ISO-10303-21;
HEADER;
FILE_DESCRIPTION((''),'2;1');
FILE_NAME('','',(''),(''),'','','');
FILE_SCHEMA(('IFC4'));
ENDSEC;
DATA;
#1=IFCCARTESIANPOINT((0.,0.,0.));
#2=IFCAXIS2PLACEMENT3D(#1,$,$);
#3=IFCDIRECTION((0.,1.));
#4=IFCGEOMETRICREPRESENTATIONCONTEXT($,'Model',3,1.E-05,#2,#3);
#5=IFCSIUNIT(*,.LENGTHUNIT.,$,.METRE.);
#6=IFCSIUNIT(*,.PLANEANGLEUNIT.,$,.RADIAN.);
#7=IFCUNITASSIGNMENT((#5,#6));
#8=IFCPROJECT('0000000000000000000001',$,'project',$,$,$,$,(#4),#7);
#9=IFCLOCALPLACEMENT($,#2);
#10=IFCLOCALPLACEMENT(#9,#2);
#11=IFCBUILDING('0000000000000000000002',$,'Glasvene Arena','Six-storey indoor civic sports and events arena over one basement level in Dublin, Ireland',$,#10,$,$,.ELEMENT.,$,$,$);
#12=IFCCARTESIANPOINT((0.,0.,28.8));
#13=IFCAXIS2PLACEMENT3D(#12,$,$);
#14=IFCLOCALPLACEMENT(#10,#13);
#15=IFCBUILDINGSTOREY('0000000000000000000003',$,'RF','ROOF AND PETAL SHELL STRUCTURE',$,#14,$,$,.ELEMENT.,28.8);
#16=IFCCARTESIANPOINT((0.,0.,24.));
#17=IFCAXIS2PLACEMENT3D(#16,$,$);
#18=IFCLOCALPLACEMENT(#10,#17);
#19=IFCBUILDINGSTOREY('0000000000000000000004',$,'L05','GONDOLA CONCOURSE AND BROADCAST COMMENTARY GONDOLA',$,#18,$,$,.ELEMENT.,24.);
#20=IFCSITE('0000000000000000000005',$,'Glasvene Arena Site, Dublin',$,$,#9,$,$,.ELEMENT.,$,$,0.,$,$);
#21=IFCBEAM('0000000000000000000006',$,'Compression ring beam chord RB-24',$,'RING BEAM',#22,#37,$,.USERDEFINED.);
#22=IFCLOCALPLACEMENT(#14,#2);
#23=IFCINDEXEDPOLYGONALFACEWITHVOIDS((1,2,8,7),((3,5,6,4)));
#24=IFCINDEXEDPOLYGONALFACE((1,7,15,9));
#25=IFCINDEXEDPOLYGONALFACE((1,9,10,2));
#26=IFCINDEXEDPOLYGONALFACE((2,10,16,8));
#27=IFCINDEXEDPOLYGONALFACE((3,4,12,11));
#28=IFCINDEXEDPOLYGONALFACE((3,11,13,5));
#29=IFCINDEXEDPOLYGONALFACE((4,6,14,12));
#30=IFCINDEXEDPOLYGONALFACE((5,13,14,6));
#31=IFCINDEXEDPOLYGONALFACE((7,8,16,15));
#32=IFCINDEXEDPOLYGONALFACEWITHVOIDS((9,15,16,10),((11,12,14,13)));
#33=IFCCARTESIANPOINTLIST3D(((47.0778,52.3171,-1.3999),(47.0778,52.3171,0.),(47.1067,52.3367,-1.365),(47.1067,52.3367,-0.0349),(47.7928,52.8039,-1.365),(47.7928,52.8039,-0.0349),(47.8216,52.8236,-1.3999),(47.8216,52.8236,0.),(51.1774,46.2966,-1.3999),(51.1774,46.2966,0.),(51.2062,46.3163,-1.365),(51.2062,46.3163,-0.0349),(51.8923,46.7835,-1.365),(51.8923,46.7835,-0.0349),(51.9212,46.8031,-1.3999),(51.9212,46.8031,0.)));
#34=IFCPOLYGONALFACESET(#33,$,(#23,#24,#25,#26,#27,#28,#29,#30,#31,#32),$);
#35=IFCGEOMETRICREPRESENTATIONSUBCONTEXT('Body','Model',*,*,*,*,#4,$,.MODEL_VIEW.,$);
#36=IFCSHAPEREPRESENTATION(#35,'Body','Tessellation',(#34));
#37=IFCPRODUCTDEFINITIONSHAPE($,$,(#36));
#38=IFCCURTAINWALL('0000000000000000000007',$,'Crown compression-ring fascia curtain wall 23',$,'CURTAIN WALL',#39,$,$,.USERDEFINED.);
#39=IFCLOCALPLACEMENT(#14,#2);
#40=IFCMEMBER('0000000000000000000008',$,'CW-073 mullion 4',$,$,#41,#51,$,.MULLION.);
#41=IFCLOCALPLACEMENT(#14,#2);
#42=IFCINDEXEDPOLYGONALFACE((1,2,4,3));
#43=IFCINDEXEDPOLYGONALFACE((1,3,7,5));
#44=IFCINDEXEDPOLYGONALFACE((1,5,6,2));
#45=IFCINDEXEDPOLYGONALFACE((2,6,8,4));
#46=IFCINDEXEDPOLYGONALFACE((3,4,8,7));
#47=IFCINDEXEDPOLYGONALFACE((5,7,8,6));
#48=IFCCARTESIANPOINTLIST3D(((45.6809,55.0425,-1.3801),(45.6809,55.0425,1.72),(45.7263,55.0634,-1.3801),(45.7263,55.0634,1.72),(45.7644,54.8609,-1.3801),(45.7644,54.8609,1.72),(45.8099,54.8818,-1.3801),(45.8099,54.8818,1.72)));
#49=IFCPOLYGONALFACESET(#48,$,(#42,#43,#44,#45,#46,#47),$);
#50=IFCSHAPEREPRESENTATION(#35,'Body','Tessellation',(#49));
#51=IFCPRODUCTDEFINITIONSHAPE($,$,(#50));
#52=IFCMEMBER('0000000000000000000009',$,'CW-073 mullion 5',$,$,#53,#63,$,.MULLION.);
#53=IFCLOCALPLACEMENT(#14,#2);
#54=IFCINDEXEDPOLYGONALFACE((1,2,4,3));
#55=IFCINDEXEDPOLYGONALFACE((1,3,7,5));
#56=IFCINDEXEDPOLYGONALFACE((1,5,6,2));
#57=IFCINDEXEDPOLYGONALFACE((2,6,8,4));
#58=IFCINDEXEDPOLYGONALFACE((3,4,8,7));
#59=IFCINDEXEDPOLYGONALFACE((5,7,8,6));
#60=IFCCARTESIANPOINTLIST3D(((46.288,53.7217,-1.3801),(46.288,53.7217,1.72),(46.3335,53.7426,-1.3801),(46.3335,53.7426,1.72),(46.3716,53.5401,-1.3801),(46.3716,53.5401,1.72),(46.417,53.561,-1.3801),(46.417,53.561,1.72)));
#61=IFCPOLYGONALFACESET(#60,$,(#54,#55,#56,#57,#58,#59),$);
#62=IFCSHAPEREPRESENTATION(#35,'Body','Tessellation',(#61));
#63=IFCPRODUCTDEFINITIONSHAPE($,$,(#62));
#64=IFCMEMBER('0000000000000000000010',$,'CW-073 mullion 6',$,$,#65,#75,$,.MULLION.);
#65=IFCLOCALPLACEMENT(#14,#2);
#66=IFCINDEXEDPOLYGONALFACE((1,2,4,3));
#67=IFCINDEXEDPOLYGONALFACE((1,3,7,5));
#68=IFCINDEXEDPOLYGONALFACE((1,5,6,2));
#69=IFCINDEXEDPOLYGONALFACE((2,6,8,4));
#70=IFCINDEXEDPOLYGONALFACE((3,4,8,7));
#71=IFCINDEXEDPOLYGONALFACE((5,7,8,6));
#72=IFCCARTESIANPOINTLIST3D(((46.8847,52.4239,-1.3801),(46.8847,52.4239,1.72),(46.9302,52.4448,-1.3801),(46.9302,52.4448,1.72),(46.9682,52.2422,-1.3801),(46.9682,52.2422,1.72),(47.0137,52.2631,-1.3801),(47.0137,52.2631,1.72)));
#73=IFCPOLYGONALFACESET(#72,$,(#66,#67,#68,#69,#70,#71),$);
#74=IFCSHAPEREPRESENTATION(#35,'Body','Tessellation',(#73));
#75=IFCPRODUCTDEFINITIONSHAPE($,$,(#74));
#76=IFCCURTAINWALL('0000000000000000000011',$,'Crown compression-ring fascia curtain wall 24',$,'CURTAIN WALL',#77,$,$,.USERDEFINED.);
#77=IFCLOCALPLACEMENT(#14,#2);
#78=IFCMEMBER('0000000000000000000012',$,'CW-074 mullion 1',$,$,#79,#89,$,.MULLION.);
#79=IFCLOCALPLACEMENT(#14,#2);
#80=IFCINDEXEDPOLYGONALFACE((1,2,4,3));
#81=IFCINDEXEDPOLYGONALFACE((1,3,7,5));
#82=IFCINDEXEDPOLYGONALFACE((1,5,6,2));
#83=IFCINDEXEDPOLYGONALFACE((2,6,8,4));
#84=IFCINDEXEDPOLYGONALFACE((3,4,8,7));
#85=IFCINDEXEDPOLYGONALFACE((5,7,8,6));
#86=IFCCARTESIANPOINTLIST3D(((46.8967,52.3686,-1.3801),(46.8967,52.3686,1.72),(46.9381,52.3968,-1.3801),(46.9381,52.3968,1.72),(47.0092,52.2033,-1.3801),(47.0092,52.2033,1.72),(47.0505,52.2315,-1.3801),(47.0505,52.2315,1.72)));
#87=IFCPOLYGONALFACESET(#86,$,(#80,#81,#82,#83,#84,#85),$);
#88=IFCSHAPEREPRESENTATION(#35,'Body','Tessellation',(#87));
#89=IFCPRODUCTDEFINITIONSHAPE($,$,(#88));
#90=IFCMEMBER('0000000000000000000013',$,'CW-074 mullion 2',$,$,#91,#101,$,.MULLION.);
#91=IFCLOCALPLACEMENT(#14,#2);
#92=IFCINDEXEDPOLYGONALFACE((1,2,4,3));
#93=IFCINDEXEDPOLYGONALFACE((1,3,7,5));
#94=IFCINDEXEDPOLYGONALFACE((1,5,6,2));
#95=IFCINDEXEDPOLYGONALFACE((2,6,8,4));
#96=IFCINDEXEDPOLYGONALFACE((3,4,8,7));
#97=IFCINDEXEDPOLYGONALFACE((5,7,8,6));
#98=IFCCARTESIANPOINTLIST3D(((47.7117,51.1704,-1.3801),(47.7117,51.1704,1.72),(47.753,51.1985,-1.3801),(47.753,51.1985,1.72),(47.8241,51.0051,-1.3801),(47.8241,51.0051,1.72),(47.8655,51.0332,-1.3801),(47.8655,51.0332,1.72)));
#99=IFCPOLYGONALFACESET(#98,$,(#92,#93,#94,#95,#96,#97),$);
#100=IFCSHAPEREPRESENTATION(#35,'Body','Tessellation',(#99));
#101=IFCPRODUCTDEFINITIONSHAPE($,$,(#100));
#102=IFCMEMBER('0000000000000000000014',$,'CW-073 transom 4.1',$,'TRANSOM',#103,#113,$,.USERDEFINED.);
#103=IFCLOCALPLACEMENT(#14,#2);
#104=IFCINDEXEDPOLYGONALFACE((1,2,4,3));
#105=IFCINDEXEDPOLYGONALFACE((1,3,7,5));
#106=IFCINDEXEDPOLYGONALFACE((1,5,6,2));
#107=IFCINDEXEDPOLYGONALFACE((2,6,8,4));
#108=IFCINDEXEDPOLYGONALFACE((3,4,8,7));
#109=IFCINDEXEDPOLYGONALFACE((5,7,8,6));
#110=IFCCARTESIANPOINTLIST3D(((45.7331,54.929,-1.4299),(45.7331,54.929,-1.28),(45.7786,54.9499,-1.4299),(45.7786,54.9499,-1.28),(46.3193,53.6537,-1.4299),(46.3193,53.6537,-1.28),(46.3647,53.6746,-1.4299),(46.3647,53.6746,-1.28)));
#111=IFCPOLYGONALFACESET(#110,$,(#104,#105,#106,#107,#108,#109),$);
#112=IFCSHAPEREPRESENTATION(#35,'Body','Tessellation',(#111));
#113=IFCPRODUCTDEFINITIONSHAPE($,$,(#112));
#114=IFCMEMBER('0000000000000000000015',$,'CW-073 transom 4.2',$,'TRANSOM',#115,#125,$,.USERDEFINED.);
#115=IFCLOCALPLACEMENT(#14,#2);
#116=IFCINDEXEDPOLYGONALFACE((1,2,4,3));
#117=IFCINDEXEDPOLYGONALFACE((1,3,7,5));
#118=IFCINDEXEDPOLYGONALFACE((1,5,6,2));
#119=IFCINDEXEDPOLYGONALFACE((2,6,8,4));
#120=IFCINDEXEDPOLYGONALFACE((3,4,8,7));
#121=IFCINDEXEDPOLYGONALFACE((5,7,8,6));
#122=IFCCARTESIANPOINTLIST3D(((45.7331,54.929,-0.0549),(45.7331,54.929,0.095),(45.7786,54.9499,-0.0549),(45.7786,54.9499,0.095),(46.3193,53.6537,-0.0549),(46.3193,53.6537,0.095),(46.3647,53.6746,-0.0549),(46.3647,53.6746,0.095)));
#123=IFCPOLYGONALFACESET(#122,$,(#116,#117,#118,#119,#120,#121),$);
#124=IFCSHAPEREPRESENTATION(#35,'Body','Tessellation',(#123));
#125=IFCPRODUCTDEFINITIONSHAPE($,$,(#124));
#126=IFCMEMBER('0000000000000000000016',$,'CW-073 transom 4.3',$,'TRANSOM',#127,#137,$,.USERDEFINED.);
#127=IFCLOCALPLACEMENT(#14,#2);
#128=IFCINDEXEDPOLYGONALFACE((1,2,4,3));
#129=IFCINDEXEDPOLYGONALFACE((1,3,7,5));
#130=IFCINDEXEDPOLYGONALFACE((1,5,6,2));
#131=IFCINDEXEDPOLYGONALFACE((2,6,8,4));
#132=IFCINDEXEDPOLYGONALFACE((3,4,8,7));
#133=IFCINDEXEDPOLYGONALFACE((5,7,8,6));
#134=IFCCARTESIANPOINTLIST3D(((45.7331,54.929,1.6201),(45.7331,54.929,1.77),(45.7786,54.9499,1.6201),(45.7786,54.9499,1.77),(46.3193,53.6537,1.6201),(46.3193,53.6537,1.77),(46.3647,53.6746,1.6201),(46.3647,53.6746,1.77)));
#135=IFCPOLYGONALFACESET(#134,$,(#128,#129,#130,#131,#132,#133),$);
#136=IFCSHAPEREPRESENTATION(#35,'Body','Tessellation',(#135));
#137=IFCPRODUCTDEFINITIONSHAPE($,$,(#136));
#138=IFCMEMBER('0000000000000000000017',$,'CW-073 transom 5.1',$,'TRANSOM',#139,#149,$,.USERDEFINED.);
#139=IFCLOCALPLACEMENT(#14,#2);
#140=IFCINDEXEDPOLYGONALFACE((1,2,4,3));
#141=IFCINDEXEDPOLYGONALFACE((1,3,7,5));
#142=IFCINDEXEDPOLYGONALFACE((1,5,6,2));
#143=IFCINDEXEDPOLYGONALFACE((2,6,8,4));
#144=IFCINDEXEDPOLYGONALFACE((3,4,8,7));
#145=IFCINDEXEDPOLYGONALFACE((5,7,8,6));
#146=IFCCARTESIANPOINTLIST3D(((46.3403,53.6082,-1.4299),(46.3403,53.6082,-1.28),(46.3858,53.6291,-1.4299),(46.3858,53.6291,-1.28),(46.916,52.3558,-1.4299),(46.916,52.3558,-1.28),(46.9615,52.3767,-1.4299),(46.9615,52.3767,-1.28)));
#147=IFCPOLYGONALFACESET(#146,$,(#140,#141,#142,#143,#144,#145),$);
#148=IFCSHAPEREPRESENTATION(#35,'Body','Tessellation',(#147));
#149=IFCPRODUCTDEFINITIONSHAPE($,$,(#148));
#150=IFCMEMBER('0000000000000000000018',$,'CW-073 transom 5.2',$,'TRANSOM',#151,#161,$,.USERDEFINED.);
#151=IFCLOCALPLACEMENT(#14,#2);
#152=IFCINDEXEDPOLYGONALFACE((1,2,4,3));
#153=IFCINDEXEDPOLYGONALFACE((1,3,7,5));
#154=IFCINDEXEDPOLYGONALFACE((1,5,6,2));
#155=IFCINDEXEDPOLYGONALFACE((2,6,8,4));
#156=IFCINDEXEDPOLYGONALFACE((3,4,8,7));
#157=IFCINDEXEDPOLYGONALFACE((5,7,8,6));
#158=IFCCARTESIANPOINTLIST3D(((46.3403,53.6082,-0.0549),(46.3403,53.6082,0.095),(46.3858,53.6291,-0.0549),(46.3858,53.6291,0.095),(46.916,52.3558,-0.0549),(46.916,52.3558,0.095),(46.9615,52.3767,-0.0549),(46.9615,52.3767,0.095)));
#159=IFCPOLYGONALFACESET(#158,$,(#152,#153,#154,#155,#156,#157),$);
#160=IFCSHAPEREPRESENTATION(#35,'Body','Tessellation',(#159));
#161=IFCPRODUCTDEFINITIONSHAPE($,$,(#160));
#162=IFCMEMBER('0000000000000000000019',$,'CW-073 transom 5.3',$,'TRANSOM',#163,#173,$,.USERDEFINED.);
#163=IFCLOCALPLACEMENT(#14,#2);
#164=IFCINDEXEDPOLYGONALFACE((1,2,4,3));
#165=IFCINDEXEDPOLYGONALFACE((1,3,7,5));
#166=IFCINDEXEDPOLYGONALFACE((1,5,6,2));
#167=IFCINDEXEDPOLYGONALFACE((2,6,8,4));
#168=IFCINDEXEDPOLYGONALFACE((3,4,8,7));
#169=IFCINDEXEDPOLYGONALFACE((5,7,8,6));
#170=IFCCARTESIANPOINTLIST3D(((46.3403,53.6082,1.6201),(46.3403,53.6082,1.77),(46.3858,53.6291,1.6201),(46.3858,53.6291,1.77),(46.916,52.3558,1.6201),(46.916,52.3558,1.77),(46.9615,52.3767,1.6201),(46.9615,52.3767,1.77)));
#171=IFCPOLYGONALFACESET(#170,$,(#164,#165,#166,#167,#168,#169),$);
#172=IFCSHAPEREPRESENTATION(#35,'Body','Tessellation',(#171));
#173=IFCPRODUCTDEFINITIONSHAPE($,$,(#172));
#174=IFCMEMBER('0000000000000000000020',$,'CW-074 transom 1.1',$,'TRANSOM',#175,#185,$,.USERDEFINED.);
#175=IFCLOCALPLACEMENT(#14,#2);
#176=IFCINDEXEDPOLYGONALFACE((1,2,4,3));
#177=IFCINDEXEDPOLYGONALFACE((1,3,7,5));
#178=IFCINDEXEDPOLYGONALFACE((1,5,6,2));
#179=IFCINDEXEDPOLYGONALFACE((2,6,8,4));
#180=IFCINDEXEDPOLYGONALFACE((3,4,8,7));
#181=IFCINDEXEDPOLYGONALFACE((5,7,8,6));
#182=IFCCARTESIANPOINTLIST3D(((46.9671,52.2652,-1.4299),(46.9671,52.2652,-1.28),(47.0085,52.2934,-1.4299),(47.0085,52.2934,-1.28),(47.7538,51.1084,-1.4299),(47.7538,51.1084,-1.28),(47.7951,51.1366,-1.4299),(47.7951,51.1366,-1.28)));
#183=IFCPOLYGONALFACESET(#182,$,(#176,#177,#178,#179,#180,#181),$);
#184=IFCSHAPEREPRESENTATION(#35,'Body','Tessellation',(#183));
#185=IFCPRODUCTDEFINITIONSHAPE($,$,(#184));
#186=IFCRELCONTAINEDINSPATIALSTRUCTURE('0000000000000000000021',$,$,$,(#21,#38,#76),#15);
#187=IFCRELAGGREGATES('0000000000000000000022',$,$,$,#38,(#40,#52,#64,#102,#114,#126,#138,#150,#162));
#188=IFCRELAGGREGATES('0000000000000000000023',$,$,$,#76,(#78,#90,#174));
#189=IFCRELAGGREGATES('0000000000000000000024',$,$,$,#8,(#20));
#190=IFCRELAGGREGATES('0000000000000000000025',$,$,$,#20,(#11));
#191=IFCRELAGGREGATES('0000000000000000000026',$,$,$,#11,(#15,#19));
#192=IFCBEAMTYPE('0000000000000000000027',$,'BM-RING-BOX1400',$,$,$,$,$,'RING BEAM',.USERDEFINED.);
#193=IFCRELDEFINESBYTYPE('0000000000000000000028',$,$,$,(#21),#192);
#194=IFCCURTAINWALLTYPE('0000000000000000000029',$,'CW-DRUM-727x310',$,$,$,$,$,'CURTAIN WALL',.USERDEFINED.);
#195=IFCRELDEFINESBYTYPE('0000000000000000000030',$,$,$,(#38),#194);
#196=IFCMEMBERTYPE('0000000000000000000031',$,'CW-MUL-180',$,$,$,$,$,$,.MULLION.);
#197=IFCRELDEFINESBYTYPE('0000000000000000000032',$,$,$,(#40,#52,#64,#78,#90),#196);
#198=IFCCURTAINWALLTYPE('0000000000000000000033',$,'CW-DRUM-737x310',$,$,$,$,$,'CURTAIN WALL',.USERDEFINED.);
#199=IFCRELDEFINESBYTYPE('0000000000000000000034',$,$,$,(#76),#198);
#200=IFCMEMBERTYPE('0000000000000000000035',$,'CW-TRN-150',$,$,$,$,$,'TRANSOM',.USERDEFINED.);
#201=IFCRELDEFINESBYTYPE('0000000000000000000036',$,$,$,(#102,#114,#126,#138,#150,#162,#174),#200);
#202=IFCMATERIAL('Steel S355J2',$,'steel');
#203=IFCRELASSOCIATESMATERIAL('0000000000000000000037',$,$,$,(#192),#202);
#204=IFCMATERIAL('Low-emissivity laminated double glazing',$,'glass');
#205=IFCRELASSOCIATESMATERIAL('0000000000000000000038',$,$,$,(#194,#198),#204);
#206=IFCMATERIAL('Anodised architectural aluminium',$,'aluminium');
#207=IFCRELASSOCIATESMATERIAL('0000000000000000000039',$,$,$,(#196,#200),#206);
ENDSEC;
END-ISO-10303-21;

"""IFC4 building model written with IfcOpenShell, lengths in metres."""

from ifc_helpers import new_model, si_unit, direction, frame, origin, origin_2d, place, context, subcontext, project, spatial, rectangle, hollow_rectangle, extrude, material, material_profile, profile_set, type_object, element, aggregate, save


model = new_model("IFC4")

# Units and contexts
model_context = context("Model", 3, precision=1e-05, world=origin(), true_north=direction((0.0, 1.0)))
body_context = subcontext(model_context, "Body", "Model", "MODEL_VIEW")
ifc_project = project(units=[si_unit("LENGTHUNIT", "METRE"), si_unit("PLANEANGLEUNIT", "RADIAN")], contexts=[model_context])

# Site, building, storey
site_placement = place(None, origin())
site = spatial("IfcSite", under=ifc_project, at=site_placement, Name="Glasvene Arena Site, Dublin", CompositionType="ELEMENT", RefElevation=0.0)
building_placement = place(site_placement, origin())
building = spatial("IfcBuilding", under=site, at=building_placement, Name="Glasvene Arena", Description="Six-storey indoor civic sports and events arena over one basement level in Dublin, Ireland", CompositionType="ELEMENT")
storey_1_placement = place(building_placement, frame((0.0, 0.0, 28.8)))
storey_1 = spatial("IfcBuildingStorey", under=building, at=storey_1_placement, Name="RF", Description="ROOF AND PETAL SHELL STRUCTURE", CompositionType="ELEMENT", Elevation=28.8)

# Beam
ifc_material_1 = material(Name="Steel S355J2", Category="steel")
ifc_material_profile_1 = material_profile(ifc_material_1, hollow_rectangle(XDim=0.8999, YDim=1.3999, WallThickness=0.0349, at=origin_2d()), Name="WBOX 900x1400x35")
ifc_profile_set_1 = profile_set([ifc_material_profile_1], Name="Steel S355J2")
beam_type = type_object("IfcBeamType", Name="BM-RING-BOX1400", ElementType="RING BEAM", PredefinedType="USERDEFINED", material=ifc_profile_set_1)
beam_placement = place(storey_1_placement, frame((47.4497, 52.5703, -0.7), z_axis=(0.562842, -0.826565, 0.0), x_axis=(0.826565, 0.562842, 0.0)))
element("IfcBeam", 1, at=beam_placement, inside=storey_1, type_object=beam_type, Name="Compression ring beam chord RB-24", ObjectType="RING BEAM", PredefinedType="USERDEFINED", context=body_context, shape_type="SweptSolid", body=[
    extrude(hollow_rectangle(XDim=0.8999, YDim=1.3999, WallThickness=0.0349, at=origin_2d()), origin(), (0.0, 0.0, 1.0), 7.2837),
])

# Curtain walls, members
ifc_material_2 = material(Name="Low-emissivity laminated double glazing", Category="glass")
curtain_wall_type_1 = type_object("IfcCurtainWallType", Name="CW-DRUM-727x310", ElementType="CURTAIN WALL", PredefinedType="USERDEFINED", material=ifc_material_2)
curtain_wall_1_placement = place(storey_1_placement, frame((43.9241, 58.9243, 0.0)))
curtain_wall_1 = element("IfcCurtainWall", 2, at=curtain_wall_1_placement, inside=storey_1, type_object=curtain_wall_type_1, Name="Crown compression-ring fascia curtain wall 23", ObjectType="CURTAIN WALL", PredefinedType="USERDEFINED")
ifc_material_3 = material(Name="Anodised architectural aluminium", Category="aluminium")
ifc_material_profile_2 = material_profile(ifc_material_3, rectangle(XDim=0.05, YDim=0.2, at=origin_2d()), Name="ALU MULLION 50x200")
ifc_profile_set_2 = profile_set([ifc_material_profile_2], Name="Anodised architectural aluminium")
member_type_1 = type_object("IfcMemberType", Name="CW-MUL-180", PredefinedType="MULLION", material=ifc_profile_set_2)
member_1_placement = place(storey_1_placement, frame((45.7454, 54.9622, -1.3801), z_axis=(0.0, 0.0, 1.0), x_axis=(0.908603, 0.417661, 0.0)))
member_1 = element("IfcMember", 3, at=member_1_placement, type_object=member_type_1, Name="CW-073 mullion 4", PredefinedType="MULLION", context=body_context, shape_type="SweptSolid", body=[
    extrude(rectangle(XDim=0.05, YDim=0.2, at=origin_2d()), origin(), (0.0, 0.0, 1.0), 3.1001),
])
member_2_placement = place(storey_1_placement, frame((46.3525, 53.6414, -1.3801), z_axis=(0.0, 0.0, 1.0), x_axis=(0.908603, 0.417661, 0.0)))
member_2 = element("IfcMember", 4, at=member_2_placement, type_object=member_type_1, Name="CW-073 mullion 5", PredefinedType="MULLION", context=body_context, shape_type="SweptSolid", body=[
    extrude(rectangle(XDim=0.05, YDim=0.2, at=origin_2d()), origin(), (0.0, 0.0, 1.0), 3.1001),
])
member_3_placement = place(storey_1_placement, frame((46.9492, 52.3435, -1.3801), z_axis=(0.0, 0.0, 1.0), x_axis=(0.908603, 0.417661, 0.0)))
member_3 = element("IfcMember", 5, at=member_3_placement, type_object=member_type_1, Name="CW-073 mullion 6", PredefinedType="MULLION", context=body_context, shape_type="SweptSolid", body=[
    extrude(rectangle(XDim=0.05, YDim=0.2, at=origin_2d()), origin(), (0.0, 0.0, 1.0), 3.1001),
])
curtain_wall_type_2 = type_object("IfcCurtainWallType", Name="CW-DRUM-737x310", ElementType="CURTAIN WALL", PredefinedType="USERDEFINED", material=ifc_material_2)
curtain_wall_2_placement = place(storey_1_placement, frame((46.9597, 52.3208, 0.0)))
curtain_wall_2 = element("IfcCurtainWall", 6, at=curtain_wall_2_placement, inside=storey_1, type_object=curtain_wall_type_2, Name="Crown compression-ring fascia curtain wall 24", ObjectType="CURTAIN WALL", PredefinedType="USERDEFINED")
member_4_placement = place(storey_1_placement, frame((46.9736, 52.3, -1.3801), z_axis=(0.0, 0.0, 1.0), x_axis=(0.826896, 0.562354, 0.0)))
member_4 = element("IfcMember", 7, at=member_4_placement, type_object=member_type_1, Name="CW-074 mullion 1", PredefinedType="MULLION", context=body_context, shape_type="SweptSolid", body=[
    extrude(rectangle(XDim=0.05, YDim=0.2, at=origin_2d()), origin(), (0.0, 0.0, 1.0), 3.1001),
])
member_5_placement = place(storey_1_placement, frame((47.7886, 51.1018, -1.3801), z_axis=(0.0, 0.0, 1.0), x_axis=(0.826896, 0.562354, 0.0)))
member_5 = element("IfcMember", 8, at=member_5_placement, type_object=member_type_1, Name="CW-074 mullion 2", PredefinedType="MULLION", context=body_context, shape_type="SweptSolid", body=[
    extrude(rectangle(XDim=0.05, YDim=0.2, at=origin_2d()), origin(), (0.0, 0.0, 1.0), 3.1001),
])

# Members
ifc_material_profile_3 = material_profile(ifc_material_3, rectangle(XDim=0.05, YDim=0.1499, at=origin_2d()), Name="ALU TRANSOM 50x150")
ifc_profile_set_3 = profile_set([ifc_material_profile_3], Name="Anodised architectural aluminium")
member_type_2 = type_object("IfcMemberType", Name="CW-TRN-150", ElementType="TRANSOM", PredefinedType="USERDEFINED", material=ifc_profile_set_3)
member_6_placement = place(storey_1_placement, frame((45.7559, 54.9395, -1.355), z_axis=(0.417613, -0.908625, 0.0), x_axis=(0.908625, 0.417613, 0.0)))
member_6 = element("IfcMember", 9, at=member_6_placement, type_object=member_type_2, Name="CW-073 transom 4.1", ObjectType="TRANSOM", PredefinedType="USERDEFINED", context=body_context, shape_type="SweptSolid", body=[
    extrude(rectangle(XDim=0.05, YDim=0.1499, at=origin_2d()), origin(), (0.0, 0.0, 1.0), 1.4036),
])
member_7_placement = place(storey_1_placement, frame((45.7559, 54.9395, 0.02), z_axis=(0.417613, -0.908625, 0.0), x_axis=(0.908625, 0.417613, 0.0)))
member_7 = element("IfcMember", 10, at=member_7_placement, type_object=member_type_2, Name="CW-073 transom 4.2", ObjectType="TRANSOM", PredefinedType="USERDEFINED", context=body_context, shape_type="SweptSolid", body=[
    extrude(rectangle(XDim=0.05, YDim=0.1499, at=origin_2d()), origin(), (0.0, 0.0, 1.0), 1.4036),
])
member_8_placement = place(storey_1_placement, frame((45.7559, 54.9395, 1.6951), z_axis=(0.417613, -0.908625, 0.0), x_axis=(0.908625, 0.417613, 0.0)))
member_8 = element("IfcMember", 11, at=member_8_placement, type_object=member_type_2, Name="CW-073 transom 4.3", ObjectType="TRANSOM", PredefinedType="USERDEFINED", context=body_context, shape_type="SweptSolid", body=[
    extrude(rectangle(XDim=0.05, YDim=0.1499, at=origin_2d()), origin(), (0.0, 0.0, 1.0), 1.4036),
])
member_9_placement = place(storey_1_placement, frame((46.363, 53.6187, -1.355), z_axis=(0.417642, -0.908611, 0.0), x_axis=(0.908611, 0.417642, 0.0)))
member_9 = element("IfcMember", 12, at=member_9_placement, type_object=member_type_2, Name="CW-073 transom 5.1", ObjectType="TRANSOM", PredefinedType="USERDEFINED", context=body_context, shape_type="SweptSolid", body=[
    extrude(rectangle(XDim=0.05, YDim=0.1499, at=origin_2d()), origin(), (0.0, 0.0, 1.0), 1.3784),
])
member_10_placement = place(storey_1_placement, frame((46.363, 53.6187, 0.02), z_axis=(0.417642, -0.908611, 0.0), x_axis=(0.908611, 0.417642, 0.0)))
member_10 = element("IfcMember", 13, at=member_10_placement, type_object=member_type_2, Name="CW-073 transom 5.2", ObjectType="TRANSOM", PredefinedType="USERDEFINED", context=body_context, shape_type="SweptSolid", body=[
    extrude(rectangle(XDim=0.05, YDim=0.1499, at=origin_2d()), origin(), (0.0, 0.0, 1.0), 1.3784),
])
member_11_placement = place(storey_1_placement, frame((46.363, 53.6187, 1.6951), z_axis=(0.417642, -0.908611, 0.0), x_axis=(0.908611, 0.417642, 0.0)))
member_11 = element("IfcMember", 14, at=member_11_placement, type_object=member_type_2, Name="CW-073 transom 5.3", ObjectType="TRANSOM", PredefinedType="USERDEFINED", context=body_context, shape_type="SweptSolid", body=[
    extrude(rectangle(XDim=0.05, YDim=0.1499, at=origin_2d()), origin(), (0.0, 0.0, 1.0), 1.3784),
])
member_12_placement = place(storey_1_placement, frame((46.9878, 52.2793, -1.355), z_axis=(0.562329, -0.826914, 0.0), x_axis=(0.826914, 0.562329, 0.0)))
member_12 = element("IfcMember", 15, at=member_12_placement, type_object=member_type_2, Name="CW-074 transom 1.1", ObjectType="TRANSOM", PredefinedType="USERDEFINED", context=body_context, shape_type="SweptSolid", body=[
    extrude(rectangle(XDim=0.05, YDim=0.1499, at=origin_2d()), origin(), (0.0, 0.0, 1.0), 1.3989),
])

aggregate(curtain_wall_1, [member_1, member_2, member_3, member_6, member_7, member_8, member_9, member_10, member_11])
aggregate(curtain_wall_2, [member_4, member_5, member_12])

# Shared definitions
storey_2_placement = place(building_placement, frame((0.0, 0.0, 24.0)))
storey_2 = spatial("IfcBuildingStorey", under=building, at=storey_2_placement, Name="L05", Description="GONDOLA CONCOURSE AND BROADCAST COMMENTARY GONDOLA", CompositionType="ELEMENT", Elevation=24.0)

save(model, "model.ifc")
